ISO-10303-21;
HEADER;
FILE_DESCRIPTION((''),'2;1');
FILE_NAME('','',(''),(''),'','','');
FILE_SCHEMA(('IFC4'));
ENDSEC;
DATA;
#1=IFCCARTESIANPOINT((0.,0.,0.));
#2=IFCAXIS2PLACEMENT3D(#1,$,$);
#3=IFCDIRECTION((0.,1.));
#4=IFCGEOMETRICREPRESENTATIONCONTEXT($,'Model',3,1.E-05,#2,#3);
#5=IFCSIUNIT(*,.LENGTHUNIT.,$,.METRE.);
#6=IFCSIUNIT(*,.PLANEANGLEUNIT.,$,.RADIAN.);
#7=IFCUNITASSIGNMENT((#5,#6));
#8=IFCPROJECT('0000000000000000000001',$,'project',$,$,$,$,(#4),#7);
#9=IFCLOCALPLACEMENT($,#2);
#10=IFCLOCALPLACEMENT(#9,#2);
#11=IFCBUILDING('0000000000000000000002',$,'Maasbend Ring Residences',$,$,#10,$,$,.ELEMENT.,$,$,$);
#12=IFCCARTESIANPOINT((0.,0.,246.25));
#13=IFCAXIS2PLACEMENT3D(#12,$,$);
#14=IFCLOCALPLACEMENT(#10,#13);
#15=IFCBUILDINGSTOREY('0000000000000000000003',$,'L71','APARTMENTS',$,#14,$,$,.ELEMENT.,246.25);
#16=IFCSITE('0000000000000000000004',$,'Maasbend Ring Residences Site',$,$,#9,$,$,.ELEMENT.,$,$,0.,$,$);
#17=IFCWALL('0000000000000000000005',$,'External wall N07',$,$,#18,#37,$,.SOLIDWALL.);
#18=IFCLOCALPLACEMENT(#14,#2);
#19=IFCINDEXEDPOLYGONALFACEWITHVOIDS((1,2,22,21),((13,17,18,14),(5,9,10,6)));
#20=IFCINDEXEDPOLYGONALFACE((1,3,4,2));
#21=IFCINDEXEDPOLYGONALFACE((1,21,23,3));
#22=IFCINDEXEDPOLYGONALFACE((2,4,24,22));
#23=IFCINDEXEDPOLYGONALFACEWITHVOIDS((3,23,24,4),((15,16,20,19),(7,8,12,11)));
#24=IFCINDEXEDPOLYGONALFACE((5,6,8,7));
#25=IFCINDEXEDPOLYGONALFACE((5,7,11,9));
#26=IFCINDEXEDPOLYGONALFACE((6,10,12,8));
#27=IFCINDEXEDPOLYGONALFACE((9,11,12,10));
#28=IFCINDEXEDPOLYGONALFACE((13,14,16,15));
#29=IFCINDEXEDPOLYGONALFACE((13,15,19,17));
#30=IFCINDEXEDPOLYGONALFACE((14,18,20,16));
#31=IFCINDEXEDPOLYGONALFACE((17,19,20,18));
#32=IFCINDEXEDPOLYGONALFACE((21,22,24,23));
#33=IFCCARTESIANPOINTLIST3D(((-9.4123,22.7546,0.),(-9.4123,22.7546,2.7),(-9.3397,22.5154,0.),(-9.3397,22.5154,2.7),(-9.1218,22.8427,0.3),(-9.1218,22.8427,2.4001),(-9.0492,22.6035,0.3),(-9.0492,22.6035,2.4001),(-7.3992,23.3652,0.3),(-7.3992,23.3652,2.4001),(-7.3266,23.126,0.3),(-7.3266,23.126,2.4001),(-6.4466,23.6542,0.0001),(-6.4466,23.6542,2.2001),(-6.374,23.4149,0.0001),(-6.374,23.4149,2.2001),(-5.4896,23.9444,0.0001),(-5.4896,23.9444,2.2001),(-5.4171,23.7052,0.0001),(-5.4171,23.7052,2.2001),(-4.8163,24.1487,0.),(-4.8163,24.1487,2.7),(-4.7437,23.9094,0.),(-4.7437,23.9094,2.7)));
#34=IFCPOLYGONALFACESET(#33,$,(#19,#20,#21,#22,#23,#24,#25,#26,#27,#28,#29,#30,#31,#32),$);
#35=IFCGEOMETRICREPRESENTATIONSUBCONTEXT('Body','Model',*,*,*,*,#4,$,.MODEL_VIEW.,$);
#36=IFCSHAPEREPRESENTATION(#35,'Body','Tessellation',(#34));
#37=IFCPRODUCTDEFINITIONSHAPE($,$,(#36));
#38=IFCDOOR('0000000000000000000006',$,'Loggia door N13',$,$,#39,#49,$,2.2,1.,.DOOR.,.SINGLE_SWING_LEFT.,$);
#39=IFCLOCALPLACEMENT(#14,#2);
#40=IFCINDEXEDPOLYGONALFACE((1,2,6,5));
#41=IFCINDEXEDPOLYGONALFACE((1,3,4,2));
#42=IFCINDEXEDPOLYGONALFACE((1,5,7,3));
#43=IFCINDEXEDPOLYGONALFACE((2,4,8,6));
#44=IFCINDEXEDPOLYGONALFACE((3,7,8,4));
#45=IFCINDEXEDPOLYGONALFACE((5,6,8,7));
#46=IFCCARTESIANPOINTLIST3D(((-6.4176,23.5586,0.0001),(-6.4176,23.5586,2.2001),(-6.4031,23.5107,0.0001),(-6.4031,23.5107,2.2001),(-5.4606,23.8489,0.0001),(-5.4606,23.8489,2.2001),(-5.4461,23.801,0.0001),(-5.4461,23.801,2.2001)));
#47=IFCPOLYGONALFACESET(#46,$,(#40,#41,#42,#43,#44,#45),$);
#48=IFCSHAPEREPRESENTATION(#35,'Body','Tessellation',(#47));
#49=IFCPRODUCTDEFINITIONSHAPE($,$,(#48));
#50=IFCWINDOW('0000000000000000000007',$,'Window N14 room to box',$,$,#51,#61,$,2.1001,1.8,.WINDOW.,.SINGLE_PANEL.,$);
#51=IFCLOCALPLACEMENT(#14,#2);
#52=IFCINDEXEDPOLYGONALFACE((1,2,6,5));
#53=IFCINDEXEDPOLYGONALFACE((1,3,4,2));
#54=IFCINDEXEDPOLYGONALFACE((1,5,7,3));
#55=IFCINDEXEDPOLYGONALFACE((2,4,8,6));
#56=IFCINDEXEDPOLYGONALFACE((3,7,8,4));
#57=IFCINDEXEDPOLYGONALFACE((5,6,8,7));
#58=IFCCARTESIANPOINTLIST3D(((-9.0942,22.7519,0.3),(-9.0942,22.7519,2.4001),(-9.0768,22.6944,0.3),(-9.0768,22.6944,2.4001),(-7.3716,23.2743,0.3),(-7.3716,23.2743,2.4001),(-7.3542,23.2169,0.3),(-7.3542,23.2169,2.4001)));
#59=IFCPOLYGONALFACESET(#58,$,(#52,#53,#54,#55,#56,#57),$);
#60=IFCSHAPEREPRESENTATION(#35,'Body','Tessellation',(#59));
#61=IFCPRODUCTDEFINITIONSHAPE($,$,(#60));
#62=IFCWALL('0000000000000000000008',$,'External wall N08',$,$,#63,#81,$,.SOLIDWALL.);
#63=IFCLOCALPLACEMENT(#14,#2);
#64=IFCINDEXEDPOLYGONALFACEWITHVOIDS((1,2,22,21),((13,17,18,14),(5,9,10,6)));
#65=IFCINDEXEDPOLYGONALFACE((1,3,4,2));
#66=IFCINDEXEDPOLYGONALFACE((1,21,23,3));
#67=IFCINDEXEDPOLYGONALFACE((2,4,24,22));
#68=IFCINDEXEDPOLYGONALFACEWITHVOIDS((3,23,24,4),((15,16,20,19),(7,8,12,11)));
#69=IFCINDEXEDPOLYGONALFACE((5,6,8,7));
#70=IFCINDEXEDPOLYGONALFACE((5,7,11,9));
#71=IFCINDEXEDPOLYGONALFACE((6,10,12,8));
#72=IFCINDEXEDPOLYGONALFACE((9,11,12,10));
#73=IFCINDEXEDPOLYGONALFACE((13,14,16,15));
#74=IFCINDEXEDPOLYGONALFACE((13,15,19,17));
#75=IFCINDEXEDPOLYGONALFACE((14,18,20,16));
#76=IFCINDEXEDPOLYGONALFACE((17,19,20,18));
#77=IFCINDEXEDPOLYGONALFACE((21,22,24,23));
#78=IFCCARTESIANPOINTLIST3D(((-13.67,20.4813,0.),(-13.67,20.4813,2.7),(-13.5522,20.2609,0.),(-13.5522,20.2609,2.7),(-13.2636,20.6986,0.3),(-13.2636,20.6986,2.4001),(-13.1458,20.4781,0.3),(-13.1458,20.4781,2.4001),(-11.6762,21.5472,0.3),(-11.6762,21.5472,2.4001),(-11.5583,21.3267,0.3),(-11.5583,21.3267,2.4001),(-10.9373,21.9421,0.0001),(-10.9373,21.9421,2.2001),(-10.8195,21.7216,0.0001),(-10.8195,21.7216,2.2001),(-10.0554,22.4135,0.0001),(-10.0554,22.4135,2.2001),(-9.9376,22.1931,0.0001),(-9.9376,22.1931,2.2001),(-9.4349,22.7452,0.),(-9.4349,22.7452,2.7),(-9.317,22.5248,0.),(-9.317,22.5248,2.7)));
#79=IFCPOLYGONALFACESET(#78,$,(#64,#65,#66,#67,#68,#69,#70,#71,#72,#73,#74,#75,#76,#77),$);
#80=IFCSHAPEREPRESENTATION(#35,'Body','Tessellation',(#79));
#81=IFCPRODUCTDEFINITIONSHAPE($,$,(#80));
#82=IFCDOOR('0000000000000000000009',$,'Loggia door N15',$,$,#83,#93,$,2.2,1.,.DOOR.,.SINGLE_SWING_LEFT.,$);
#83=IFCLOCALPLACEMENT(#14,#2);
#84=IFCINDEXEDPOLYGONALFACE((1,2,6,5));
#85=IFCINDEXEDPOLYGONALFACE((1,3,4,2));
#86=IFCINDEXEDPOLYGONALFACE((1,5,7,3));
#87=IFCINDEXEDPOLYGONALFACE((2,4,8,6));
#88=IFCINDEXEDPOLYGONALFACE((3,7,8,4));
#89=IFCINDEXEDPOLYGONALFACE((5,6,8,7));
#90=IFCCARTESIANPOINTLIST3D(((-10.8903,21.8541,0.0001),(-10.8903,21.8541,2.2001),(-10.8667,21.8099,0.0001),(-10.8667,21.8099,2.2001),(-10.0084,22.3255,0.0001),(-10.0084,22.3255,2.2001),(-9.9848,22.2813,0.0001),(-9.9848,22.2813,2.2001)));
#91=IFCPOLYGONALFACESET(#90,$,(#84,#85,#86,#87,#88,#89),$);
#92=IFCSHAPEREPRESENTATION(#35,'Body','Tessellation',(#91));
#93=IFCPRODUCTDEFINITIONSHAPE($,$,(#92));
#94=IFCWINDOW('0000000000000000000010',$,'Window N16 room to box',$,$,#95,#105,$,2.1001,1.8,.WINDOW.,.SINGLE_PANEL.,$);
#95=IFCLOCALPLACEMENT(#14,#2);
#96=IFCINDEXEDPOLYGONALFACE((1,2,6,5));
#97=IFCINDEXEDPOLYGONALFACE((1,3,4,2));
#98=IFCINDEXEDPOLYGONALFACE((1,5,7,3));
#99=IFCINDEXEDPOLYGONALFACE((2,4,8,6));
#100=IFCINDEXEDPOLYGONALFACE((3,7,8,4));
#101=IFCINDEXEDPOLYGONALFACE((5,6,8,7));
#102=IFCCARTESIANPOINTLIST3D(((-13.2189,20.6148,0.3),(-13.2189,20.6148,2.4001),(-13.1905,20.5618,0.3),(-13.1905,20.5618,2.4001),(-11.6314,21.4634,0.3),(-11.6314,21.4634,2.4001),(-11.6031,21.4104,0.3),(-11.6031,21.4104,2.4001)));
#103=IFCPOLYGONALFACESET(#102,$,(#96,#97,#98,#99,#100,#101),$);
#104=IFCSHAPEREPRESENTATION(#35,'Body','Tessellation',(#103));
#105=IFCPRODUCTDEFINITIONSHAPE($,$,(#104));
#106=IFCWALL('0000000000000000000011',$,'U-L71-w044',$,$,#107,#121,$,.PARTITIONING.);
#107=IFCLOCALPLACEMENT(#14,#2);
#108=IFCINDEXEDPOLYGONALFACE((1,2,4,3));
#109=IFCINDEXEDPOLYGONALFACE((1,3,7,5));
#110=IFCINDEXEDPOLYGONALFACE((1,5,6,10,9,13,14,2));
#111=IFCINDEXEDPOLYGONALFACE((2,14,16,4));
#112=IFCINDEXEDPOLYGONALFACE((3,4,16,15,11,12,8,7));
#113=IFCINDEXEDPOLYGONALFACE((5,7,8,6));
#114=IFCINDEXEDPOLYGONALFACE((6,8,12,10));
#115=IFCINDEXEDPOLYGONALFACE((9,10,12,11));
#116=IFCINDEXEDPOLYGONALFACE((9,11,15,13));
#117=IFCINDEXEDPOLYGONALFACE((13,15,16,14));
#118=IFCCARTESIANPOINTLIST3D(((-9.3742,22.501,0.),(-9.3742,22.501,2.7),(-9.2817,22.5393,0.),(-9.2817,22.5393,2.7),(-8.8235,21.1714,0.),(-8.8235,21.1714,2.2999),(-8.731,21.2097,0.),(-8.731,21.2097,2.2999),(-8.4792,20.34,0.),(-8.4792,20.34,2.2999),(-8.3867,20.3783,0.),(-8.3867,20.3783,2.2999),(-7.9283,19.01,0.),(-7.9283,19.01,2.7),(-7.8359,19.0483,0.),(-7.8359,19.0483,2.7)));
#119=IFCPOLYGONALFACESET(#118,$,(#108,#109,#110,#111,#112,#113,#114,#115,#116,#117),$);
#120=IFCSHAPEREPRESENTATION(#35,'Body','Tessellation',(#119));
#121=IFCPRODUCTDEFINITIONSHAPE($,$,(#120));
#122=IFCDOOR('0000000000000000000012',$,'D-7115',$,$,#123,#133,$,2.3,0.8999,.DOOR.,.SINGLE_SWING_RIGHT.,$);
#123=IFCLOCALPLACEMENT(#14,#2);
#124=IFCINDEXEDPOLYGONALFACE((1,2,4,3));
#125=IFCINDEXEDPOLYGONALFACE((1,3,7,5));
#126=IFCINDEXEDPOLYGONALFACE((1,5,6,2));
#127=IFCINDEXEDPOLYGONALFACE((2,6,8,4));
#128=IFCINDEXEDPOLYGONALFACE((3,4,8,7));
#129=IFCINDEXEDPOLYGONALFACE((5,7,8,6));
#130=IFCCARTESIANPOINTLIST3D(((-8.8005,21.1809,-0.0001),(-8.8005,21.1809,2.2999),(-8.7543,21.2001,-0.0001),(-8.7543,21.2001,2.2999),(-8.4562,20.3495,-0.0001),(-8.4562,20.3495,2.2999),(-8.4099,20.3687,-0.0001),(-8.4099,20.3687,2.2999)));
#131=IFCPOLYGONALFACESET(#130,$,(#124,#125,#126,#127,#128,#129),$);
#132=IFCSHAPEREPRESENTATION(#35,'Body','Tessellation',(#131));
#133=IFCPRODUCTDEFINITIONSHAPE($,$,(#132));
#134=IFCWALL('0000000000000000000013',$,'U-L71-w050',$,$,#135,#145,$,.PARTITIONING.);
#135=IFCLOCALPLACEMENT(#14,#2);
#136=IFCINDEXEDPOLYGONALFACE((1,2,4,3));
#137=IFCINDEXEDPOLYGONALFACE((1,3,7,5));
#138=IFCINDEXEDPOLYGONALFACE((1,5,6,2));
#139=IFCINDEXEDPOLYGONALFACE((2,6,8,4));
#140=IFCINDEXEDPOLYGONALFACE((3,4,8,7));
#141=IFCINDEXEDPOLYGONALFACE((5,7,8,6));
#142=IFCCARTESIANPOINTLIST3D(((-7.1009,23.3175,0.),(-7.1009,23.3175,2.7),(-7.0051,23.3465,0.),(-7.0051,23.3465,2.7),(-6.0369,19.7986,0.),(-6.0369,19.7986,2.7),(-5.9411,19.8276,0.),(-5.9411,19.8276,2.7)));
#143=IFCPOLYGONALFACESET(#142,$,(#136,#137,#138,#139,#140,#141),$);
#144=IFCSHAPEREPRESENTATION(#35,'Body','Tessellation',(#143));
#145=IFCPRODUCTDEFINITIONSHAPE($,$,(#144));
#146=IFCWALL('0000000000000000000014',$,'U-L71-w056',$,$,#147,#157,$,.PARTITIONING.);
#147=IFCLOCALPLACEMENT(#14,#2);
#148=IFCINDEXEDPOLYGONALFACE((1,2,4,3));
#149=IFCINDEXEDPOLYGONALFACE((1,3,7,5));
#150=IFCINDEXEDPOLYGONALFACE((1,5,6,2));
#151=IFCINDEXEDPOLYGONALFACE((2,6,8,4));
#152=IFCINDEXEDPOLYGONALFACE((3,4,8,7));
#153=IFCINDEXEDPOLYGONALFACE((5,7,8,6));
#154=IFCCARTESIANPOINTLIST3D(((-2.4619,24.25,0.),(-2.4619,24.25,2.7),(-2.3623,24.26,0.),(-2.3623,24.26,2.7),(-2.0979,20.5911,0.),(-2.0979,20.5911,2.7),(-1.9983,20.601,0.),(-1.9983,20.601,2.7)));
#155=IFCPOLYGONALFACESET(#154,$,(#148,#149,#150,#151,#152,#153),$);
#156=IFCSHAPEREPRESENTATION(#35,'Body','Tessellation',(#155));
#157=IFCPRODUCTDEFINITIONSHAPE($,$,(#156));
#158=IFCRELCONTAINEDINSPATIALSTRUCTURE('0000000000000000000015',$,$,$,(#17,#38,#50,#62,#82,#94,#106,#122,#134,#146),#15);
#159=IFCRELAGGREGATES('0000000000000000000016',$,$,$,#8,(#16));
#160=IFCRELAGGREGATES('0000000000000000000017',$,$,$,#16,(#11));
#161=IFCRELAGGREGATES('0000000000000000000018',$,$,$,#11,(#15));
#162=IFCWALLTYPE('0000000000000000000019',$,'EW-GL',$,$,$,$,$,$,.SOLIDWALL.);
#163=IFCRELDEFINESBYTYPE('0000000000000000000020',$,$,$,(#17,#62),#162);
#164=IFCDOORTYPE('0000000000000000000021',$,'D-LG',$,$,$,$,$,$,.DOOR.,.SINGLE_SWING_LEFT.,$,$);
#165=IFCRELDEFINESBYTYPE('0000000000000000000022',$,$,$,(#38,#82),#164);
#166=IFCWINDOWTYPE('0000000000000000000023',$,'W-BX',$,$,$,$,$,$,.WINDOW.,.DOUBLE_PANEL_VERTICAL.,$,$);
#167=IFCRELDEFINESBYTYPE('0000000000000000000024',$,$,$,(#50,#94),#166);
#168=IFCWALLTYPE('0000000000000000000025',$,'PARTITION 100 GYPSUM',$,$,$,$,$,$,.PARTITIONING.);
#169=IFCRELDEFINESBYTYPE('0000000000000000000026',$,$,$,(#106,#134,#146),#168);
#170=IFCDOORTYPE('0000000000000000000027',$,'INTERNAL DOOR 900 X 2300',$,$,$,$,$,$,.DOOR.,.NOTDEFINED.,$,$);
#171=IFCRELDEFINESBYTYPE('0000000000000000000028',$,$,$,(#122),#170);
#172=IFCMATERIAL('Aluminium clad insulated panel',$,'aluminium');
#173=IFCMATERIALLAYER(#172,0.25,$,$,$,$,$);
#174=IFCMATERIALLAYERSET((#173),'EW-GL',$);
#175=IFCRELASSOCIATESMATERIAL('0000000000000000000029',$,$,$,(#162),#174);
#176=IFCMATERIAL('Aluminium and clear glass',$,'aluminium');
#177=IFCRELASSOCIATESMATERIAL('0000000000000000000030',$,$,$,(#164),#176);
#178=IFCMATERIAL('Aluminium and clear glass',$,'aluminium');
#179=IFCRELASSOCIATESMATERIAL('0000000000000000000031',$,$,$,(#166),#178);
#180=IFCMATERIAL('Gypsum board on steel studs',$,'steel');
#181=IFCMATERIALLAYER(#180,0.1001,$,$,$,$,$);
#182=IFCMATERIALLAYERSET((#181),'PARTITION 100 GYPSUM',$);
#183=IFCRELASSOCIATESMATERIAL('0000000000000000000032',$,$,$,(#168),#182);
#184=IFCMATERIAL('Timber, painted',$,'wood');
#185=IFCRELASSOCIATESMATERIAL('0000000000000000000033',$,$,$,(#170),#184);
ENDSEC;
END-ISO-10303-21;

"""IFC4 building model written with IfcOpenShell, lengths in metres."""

from ifc_helpers import new_model, si_unit, direction, frame, frame_2d, origin, place, context, subcontext, project, spatial, rectangle, extrude, material, layer, layer_set, type_object, element, fill, save


model = new_model("IFC4")

# Units and contexts
model_context = context("Model", 3, precision=1e-05, world=origin(), true_north=direction((0.0, 1.0)))
body_context = subcontext(model_context, "Body", "Model", "MODEL_VIEW")
ifc_project = project(units=[si_unit("LENGTHUNIT", "METRE"), si_unit("PLANEANGLEUNIT", "RADIAN")], contexts=[model_context])

# Site, building, storey
site_placement = place(None, origin())
site = spatial("IfcSite", under=ifc_project, at=site_placement, Name="Maasbend Ring Residences Site", CompositionType="ELEMENT", RefElevation=0.0)
building_placement = place(site_placement, origin())
building = spatial("IfcBuilding", under=site, at=building_placement, Name="Maasbend Ring Residences", CompositionType="ELEMENT")
storey_placement = place(building_placement, frame((0.0, 0.0, 246.25)))
storey = spatial("IfcBuildingStorey", under=building, at=storey_placement, Name="L71", Description="APARTMENTS", CompositionType="ELEMENT", Elevation=246.25)

# Walls, openings, doors, windows
ifc_material_1 = material(Name="Aluminium clad insulated panel", Category="aluminium")
ifc_layer_1 = layer(ifc_material_1, 0.25)
ifc_layer_set_1 = layer_set([ifc_layer_1], Name="EW-GL")
wall_type_1 = type_object("IfcWallType", Name="EW-GL", PredefinedType="SOLIDWALL", material=ifc_layer_set_1)
wall_1_placement = place(storey_placement, frame((-4.78, 24.0291, 0.0), z_axis=(0.0, 0.0, 1.0), x_axis=(-0.956947, -0.290261, 0.0)))
wall_1 = element("IfcWall", 1, at=wall_1_placement, inside=storey, type_object=wall_type_1, Name="External wall N07", PredefinedType="SOLIDWALL", context=body_context, shape_type="SweptSolid", body=[
    extrude(rectangle(XDim=4.8027, YDim=0.25, at=frame_2d((2.4014, 0.0))), origin(), (0.0, 0.0, 1.0), 2.7),
])
opening_1_placement = place(wall_1_placement, frame((0.7036, 0.0, 0.0)))
opening_1 = element("IfcOpeningElement", 2, at=opening_1_placement, cuts=wall_1, PredefinedType="OPENING", context=body_context, shape_type="SweptSolid", body=[
    extrude(rectangle(XDim=1.0, YDim=2.2, at=frame_2d((0.5, 1.1001))), frame((0.0, 0.135, 0.0), z_axis=(0.0, -1.0, 0.0), x_axis=(1.0, 0.0, 0.0)), (0.0, 0.0, 1.0), 0.27),
])
opening_2_placement = place(wall_1_placement, frame((2.6992, 0.0, 0.3)))
opening_2 = element("IfcOpeningElement", 3, at=opening_2_placement, cuts=wall_1, PredefinedType="OPENING", context=body_context, shape_type="SweptSolid", body=[
    extrude(rectangle(XDim=1.8, YDim=2.1001, at=frame_2d((0.8999, 1.05))), frame((0.0, 0.135, 0.0), z_axis=(0.0, -1.0, 0.0), x_axis=(1.0, 0.0, 0.0)), (0.0, 0.0, 1.0), 0.27),
])
ifc_material_2 = material(Name="Aluminium and clear glass", Category="aluminium")
door_type_1 = type_object("IfcDoorType", Name="D-LG", OperationType="SINGLE_SWING_LEFT", PredefinedType="DOOR", material=ifc_material_2)
door_1_placement = place(opening_1_placement, origin())
door_1 = element("IfcDoor", 4, at=door_1_placement, inside=storey, type_object=door_type_1, Name="Loggia door N13", OperationType="SINGLE_SWING_LEFT", OverallHeight=2.2, OverallWidth=1.0, PredefinedType="DOOR", context=body_context, shape_type="SweptSolid", body=[
    extrude(rectangle(XDim=1.0, YDim=2.2, at=frame_2d((0.5, 1.1001))), frame((0.0, 0.0249, 0.0), z_axis=(0.0, -1.0, 0.0), x_axis=(1.0, 0.0, 0.0)), (0.0, 0.0, 1.0), 0.05),
])
fill(opening_1, door_1)
ifc_material_3 = material(Name="Aluminium and clear glass", Category="aluminium")
window_type_1 = type_object("IfcWindowType", Name="W-BX", PartitioningType="DOUBLE_PANEL_VERTICAL", PredefinedType="WINDOW", material=ifc_material_3)
window_1_placement = place(opening_2_placement, origin())
window_1 = element("IfcWindow", 5, at=window_1_placement, inside=storey, type_object=window_type_1, Name="Window N14 room to box", OverallHeight=2.1001, OverallWidth=1.8, PartitioningType="SINGLE_PANEL", PredefinedType="WINDOW", context=body_context, shape_type="SweptSolid", body=[
    extrude(rectangle(XDim=1.8, YDim=2.1001, at=frame_2d((0.8999, 1.05))), frame((0.0, 0.03, 0.0), z_axis=(0.0, -1.0, 0.0), x_axis=(1.0, 0.0, 0.0)), (0.0, 0.0, 1.0), 0.0601),
])
fill(opening_2, window_1)
wall_2_placement = place(storey_placement, frame((-9.376, 22.635, 0.0), z_axis=(0.0, 0.0, 1.0), x_axis=(-0.881904, -0.47143, 0.0)))
wall_2 = element("IfcWall", 6, at=wall_2_placement, inside=storey, type_object=wall_type_1, Name="External wall N08", PredefinedType="SOLIDWALL", context=body_context, shape_type="SweptSolid", body=[
    extrude(rectangle(XDim=4.8022, YDim=0.25, at=frame_2d((2.4011, 0.0))), origin(), (0.0, 0.0, 1.0), 2.7),
])
opening_3_placement = place(wall_2_placement, frame((0.7036, 0.0, 0.0)))
opening_3 = element("IfcOpeningElement", 7, at=opening_3_placement, cuts=wall_2, PredefinedType="OPENING", context=body_context, shape_type="SweptSolid", body=[
    extrude(rectangle(XDim=1.0, YDim=2.2, at=frame_2d((0.5, 1.1001))), frame((0.0, 0.135, 0.0), z_axis=(0.0, -1.0, 0.0), x_axis=(1.0, 0.0, 0.0)), (0.0, 0.0, 1.0), 0.27),
])
opening_4_placement = place(wall_2_placement, frame((2.5415, 0.0, 0.3)))
opening_4 = element("IfcOpeningElement", 8, at=opening_4_placement, cuts=wall_2, PredefinedType="OPENING", context=body_context, shape_type="SweptSolid", body=[
    extrude(rectangle(XDim=1.8, YDim=2.1001, at=frame_2d((0.8999, 1.05))), frame((0.0, 0.135, 0.0), z_axis=(0.0, -1.0, 0.0), x_axis=(1.0, 0.0, 0.0)), (0.0, 0.0, 1.0), 0.27),
])
door_2_placement = place(opening_3_placement, origin())
door_2 = element("IfcDoor", 9, at=door_2_placement, inside=storey, type_object=door_type_1, Name="Loggia door N15", OperationType="SINGLE_SWING_LEFT", OverallHeight=2.2, OverallWidth=1.0, PredefinedType="DOOR", context=body_context, shape_type="SweptSolid", body=[
    extrude(rectangle(XDim=1.0, YDim=2.2, at=frame_2d((0.5, 1.1001))), frame((0.0, 0.0249, 0.0), z_axis=(0.0, -1.0, 0.0), x_axis=(1.0, 0.0, 0.0)), (0.0, 0.0, 1.0), 0.05),
])
fill(opening_3, door_2)
window_2_placement = place(opening_4_placement, origin())
window_2 = element("IfcWindow", 10, at=window_2_placement, inside=storey, type_object=window_type_1, Name="Window N16 room to box", OverallHeight=2.1001, OverallWidth=1.8, PartitioningType="SINGLE_PANEL", PredefinedType="WINDOW", context=body_context, shape_type="SweptSolid", body=[
    extrude(rectangle(XDim=1.8, YDim=2.1001, at=frame_2d((0.8999, 1.05))), frame((0.0, 0.03, 0.0), z_axis=(0.0, -1.0, 0.0), x_axis=(1.0, 0.0, 0.0)), (0.0, 0.0, 1.0), 0.0601),
])
fill(opening_4, window_2)

# Wall, opening, door
ifc_material_4 = material(Name="Gypsum board on steel studs", Category="steel")
ifc_layer_2 = layer(ifc_material_4, 0.1001)
ifc_layer_set_2 = layer_set([ifc_layer_2], Name="PARTITION 100 GYPSUM")
wall_type_2 = type_object("IfcWallType", Name="PARTITION 100 GYPSUM", PredefinedType="PARTITIONING", material=ifc_layer_set_2)
wall_3_placement = place(storey_placement, frame((-9.3279, 22.52, 0.0), z_axis=(0.0, 0.0, 1.0), x_axis=(0.382637, -0.923899, 0.0)))
wall_3 = element("IfcWall", 11, at=wall_3_placement, inside=storey, type_object=wall_type_2, Name="U-L71-w044", PredefinedType="PARTITIONING", context=body_context, shape_type="SweptSolid", body=[
    extrude(rectangle(XDim=3.7786, YDim=0.1001, at=frame_2d((1.8892, 0.0))), origin(), (0.0, 0.0, 1.0), 2.7),
])
opening_5_placement = place(wall_3_placement, frame((1.439, 0.0, 0.0)))
opening_5 = element("IfcOpeningElement", 12, at=opening_5_placement, cuts=wall_3, PredefinedType="OPENING", context=body_context, shape_type="SweptSolid", body=[
    extrude(rectangle(XDim=0.8999, YDim=2.3, at=frame_2d((0.45, 1.1499))), frame((0.0, 0.0601, 0.0), z_axis=(0.0, -1.0, 0.0), x_axis=(1.0, 0.0, 0.0)), (0.0, 0.0, 1.0), 0.1201),
])
ifc_material_5 = material(Name="Timber, painted", Category="wood")
door_type_2 = type_object("IfcDoorType", Name="INTERNAL DOOR 900 X 2300", OperationType="NOTDEFINED", PredefinedType="DOOR", material=ifc_material_5)
door_3_placement = place(opening_5_placement, origin())
door_3 = element("IfcDoor", 13, at=door_3_placement, inside=storey, type_object=door_type_2, Name="D-7115", OperationType="SINGLE_SWING_RIGHT", OverallHeight=2.3, OverallWidth=0.8999, PredefinedType="DOOR", context=body_context, shape_type="SweptSolid", body=[
    extrude(rectangle(XDim=0.8999, YDim=2.3, at=frame_2d((0.45, 1.1499))), frame((0.0, 0.0249, 0.0), z_axis=(0.0, -1.0, 0.0), x_axis=(1.0, 0.0, 0.0)), (0.0, 0.0, 1.0), 0.05),
])
fill(opening_5, door_3)

# Walls
wall_4_placement = place(storey_placement, frame((-7.053, 23.332, 0.0), z_axis=(0.0, 0.0, 1.0), x_axis=(0.289406, -0.957206, 0.0)))
element("IfcWall", 14, at=wall_4_placement, inside=storey, type_object=wall_type_2, Name="U-L71-w050", PredefinedType="PARTITIONING", context=body_context, shape_type="SweptSolid", body=[
    extrude(rectangle(XDim=3.6763, YDim=0.1001, at=frame_2d((1.8381, 0.0))), origin(), (0.0, 0.0, 1.0), 2.7),
])
wall_5_placement = place(storey_placement, frame((-2.4121, 24.2549, 0.0), z_axis=(0.0, 0.0, 1.0), x_axis=(0.098998, -0.995088, 0.0)))
element("IfcWall", 15, at=wall_5_placement, inside=storey, type_object=wall_type_2, Name="U-L71-w056", PredefinedType="PARTITIONING", context=body_context, shape_type="SweptSolid", body=[
    extrude(rectangle(XDim=3.677, YDim=0.1001, at=frame_2d((1.8384, 0.0))), origin(), (0.0, 0.0, 1.0), 2.7),
])

save(model, "model.ifc")
